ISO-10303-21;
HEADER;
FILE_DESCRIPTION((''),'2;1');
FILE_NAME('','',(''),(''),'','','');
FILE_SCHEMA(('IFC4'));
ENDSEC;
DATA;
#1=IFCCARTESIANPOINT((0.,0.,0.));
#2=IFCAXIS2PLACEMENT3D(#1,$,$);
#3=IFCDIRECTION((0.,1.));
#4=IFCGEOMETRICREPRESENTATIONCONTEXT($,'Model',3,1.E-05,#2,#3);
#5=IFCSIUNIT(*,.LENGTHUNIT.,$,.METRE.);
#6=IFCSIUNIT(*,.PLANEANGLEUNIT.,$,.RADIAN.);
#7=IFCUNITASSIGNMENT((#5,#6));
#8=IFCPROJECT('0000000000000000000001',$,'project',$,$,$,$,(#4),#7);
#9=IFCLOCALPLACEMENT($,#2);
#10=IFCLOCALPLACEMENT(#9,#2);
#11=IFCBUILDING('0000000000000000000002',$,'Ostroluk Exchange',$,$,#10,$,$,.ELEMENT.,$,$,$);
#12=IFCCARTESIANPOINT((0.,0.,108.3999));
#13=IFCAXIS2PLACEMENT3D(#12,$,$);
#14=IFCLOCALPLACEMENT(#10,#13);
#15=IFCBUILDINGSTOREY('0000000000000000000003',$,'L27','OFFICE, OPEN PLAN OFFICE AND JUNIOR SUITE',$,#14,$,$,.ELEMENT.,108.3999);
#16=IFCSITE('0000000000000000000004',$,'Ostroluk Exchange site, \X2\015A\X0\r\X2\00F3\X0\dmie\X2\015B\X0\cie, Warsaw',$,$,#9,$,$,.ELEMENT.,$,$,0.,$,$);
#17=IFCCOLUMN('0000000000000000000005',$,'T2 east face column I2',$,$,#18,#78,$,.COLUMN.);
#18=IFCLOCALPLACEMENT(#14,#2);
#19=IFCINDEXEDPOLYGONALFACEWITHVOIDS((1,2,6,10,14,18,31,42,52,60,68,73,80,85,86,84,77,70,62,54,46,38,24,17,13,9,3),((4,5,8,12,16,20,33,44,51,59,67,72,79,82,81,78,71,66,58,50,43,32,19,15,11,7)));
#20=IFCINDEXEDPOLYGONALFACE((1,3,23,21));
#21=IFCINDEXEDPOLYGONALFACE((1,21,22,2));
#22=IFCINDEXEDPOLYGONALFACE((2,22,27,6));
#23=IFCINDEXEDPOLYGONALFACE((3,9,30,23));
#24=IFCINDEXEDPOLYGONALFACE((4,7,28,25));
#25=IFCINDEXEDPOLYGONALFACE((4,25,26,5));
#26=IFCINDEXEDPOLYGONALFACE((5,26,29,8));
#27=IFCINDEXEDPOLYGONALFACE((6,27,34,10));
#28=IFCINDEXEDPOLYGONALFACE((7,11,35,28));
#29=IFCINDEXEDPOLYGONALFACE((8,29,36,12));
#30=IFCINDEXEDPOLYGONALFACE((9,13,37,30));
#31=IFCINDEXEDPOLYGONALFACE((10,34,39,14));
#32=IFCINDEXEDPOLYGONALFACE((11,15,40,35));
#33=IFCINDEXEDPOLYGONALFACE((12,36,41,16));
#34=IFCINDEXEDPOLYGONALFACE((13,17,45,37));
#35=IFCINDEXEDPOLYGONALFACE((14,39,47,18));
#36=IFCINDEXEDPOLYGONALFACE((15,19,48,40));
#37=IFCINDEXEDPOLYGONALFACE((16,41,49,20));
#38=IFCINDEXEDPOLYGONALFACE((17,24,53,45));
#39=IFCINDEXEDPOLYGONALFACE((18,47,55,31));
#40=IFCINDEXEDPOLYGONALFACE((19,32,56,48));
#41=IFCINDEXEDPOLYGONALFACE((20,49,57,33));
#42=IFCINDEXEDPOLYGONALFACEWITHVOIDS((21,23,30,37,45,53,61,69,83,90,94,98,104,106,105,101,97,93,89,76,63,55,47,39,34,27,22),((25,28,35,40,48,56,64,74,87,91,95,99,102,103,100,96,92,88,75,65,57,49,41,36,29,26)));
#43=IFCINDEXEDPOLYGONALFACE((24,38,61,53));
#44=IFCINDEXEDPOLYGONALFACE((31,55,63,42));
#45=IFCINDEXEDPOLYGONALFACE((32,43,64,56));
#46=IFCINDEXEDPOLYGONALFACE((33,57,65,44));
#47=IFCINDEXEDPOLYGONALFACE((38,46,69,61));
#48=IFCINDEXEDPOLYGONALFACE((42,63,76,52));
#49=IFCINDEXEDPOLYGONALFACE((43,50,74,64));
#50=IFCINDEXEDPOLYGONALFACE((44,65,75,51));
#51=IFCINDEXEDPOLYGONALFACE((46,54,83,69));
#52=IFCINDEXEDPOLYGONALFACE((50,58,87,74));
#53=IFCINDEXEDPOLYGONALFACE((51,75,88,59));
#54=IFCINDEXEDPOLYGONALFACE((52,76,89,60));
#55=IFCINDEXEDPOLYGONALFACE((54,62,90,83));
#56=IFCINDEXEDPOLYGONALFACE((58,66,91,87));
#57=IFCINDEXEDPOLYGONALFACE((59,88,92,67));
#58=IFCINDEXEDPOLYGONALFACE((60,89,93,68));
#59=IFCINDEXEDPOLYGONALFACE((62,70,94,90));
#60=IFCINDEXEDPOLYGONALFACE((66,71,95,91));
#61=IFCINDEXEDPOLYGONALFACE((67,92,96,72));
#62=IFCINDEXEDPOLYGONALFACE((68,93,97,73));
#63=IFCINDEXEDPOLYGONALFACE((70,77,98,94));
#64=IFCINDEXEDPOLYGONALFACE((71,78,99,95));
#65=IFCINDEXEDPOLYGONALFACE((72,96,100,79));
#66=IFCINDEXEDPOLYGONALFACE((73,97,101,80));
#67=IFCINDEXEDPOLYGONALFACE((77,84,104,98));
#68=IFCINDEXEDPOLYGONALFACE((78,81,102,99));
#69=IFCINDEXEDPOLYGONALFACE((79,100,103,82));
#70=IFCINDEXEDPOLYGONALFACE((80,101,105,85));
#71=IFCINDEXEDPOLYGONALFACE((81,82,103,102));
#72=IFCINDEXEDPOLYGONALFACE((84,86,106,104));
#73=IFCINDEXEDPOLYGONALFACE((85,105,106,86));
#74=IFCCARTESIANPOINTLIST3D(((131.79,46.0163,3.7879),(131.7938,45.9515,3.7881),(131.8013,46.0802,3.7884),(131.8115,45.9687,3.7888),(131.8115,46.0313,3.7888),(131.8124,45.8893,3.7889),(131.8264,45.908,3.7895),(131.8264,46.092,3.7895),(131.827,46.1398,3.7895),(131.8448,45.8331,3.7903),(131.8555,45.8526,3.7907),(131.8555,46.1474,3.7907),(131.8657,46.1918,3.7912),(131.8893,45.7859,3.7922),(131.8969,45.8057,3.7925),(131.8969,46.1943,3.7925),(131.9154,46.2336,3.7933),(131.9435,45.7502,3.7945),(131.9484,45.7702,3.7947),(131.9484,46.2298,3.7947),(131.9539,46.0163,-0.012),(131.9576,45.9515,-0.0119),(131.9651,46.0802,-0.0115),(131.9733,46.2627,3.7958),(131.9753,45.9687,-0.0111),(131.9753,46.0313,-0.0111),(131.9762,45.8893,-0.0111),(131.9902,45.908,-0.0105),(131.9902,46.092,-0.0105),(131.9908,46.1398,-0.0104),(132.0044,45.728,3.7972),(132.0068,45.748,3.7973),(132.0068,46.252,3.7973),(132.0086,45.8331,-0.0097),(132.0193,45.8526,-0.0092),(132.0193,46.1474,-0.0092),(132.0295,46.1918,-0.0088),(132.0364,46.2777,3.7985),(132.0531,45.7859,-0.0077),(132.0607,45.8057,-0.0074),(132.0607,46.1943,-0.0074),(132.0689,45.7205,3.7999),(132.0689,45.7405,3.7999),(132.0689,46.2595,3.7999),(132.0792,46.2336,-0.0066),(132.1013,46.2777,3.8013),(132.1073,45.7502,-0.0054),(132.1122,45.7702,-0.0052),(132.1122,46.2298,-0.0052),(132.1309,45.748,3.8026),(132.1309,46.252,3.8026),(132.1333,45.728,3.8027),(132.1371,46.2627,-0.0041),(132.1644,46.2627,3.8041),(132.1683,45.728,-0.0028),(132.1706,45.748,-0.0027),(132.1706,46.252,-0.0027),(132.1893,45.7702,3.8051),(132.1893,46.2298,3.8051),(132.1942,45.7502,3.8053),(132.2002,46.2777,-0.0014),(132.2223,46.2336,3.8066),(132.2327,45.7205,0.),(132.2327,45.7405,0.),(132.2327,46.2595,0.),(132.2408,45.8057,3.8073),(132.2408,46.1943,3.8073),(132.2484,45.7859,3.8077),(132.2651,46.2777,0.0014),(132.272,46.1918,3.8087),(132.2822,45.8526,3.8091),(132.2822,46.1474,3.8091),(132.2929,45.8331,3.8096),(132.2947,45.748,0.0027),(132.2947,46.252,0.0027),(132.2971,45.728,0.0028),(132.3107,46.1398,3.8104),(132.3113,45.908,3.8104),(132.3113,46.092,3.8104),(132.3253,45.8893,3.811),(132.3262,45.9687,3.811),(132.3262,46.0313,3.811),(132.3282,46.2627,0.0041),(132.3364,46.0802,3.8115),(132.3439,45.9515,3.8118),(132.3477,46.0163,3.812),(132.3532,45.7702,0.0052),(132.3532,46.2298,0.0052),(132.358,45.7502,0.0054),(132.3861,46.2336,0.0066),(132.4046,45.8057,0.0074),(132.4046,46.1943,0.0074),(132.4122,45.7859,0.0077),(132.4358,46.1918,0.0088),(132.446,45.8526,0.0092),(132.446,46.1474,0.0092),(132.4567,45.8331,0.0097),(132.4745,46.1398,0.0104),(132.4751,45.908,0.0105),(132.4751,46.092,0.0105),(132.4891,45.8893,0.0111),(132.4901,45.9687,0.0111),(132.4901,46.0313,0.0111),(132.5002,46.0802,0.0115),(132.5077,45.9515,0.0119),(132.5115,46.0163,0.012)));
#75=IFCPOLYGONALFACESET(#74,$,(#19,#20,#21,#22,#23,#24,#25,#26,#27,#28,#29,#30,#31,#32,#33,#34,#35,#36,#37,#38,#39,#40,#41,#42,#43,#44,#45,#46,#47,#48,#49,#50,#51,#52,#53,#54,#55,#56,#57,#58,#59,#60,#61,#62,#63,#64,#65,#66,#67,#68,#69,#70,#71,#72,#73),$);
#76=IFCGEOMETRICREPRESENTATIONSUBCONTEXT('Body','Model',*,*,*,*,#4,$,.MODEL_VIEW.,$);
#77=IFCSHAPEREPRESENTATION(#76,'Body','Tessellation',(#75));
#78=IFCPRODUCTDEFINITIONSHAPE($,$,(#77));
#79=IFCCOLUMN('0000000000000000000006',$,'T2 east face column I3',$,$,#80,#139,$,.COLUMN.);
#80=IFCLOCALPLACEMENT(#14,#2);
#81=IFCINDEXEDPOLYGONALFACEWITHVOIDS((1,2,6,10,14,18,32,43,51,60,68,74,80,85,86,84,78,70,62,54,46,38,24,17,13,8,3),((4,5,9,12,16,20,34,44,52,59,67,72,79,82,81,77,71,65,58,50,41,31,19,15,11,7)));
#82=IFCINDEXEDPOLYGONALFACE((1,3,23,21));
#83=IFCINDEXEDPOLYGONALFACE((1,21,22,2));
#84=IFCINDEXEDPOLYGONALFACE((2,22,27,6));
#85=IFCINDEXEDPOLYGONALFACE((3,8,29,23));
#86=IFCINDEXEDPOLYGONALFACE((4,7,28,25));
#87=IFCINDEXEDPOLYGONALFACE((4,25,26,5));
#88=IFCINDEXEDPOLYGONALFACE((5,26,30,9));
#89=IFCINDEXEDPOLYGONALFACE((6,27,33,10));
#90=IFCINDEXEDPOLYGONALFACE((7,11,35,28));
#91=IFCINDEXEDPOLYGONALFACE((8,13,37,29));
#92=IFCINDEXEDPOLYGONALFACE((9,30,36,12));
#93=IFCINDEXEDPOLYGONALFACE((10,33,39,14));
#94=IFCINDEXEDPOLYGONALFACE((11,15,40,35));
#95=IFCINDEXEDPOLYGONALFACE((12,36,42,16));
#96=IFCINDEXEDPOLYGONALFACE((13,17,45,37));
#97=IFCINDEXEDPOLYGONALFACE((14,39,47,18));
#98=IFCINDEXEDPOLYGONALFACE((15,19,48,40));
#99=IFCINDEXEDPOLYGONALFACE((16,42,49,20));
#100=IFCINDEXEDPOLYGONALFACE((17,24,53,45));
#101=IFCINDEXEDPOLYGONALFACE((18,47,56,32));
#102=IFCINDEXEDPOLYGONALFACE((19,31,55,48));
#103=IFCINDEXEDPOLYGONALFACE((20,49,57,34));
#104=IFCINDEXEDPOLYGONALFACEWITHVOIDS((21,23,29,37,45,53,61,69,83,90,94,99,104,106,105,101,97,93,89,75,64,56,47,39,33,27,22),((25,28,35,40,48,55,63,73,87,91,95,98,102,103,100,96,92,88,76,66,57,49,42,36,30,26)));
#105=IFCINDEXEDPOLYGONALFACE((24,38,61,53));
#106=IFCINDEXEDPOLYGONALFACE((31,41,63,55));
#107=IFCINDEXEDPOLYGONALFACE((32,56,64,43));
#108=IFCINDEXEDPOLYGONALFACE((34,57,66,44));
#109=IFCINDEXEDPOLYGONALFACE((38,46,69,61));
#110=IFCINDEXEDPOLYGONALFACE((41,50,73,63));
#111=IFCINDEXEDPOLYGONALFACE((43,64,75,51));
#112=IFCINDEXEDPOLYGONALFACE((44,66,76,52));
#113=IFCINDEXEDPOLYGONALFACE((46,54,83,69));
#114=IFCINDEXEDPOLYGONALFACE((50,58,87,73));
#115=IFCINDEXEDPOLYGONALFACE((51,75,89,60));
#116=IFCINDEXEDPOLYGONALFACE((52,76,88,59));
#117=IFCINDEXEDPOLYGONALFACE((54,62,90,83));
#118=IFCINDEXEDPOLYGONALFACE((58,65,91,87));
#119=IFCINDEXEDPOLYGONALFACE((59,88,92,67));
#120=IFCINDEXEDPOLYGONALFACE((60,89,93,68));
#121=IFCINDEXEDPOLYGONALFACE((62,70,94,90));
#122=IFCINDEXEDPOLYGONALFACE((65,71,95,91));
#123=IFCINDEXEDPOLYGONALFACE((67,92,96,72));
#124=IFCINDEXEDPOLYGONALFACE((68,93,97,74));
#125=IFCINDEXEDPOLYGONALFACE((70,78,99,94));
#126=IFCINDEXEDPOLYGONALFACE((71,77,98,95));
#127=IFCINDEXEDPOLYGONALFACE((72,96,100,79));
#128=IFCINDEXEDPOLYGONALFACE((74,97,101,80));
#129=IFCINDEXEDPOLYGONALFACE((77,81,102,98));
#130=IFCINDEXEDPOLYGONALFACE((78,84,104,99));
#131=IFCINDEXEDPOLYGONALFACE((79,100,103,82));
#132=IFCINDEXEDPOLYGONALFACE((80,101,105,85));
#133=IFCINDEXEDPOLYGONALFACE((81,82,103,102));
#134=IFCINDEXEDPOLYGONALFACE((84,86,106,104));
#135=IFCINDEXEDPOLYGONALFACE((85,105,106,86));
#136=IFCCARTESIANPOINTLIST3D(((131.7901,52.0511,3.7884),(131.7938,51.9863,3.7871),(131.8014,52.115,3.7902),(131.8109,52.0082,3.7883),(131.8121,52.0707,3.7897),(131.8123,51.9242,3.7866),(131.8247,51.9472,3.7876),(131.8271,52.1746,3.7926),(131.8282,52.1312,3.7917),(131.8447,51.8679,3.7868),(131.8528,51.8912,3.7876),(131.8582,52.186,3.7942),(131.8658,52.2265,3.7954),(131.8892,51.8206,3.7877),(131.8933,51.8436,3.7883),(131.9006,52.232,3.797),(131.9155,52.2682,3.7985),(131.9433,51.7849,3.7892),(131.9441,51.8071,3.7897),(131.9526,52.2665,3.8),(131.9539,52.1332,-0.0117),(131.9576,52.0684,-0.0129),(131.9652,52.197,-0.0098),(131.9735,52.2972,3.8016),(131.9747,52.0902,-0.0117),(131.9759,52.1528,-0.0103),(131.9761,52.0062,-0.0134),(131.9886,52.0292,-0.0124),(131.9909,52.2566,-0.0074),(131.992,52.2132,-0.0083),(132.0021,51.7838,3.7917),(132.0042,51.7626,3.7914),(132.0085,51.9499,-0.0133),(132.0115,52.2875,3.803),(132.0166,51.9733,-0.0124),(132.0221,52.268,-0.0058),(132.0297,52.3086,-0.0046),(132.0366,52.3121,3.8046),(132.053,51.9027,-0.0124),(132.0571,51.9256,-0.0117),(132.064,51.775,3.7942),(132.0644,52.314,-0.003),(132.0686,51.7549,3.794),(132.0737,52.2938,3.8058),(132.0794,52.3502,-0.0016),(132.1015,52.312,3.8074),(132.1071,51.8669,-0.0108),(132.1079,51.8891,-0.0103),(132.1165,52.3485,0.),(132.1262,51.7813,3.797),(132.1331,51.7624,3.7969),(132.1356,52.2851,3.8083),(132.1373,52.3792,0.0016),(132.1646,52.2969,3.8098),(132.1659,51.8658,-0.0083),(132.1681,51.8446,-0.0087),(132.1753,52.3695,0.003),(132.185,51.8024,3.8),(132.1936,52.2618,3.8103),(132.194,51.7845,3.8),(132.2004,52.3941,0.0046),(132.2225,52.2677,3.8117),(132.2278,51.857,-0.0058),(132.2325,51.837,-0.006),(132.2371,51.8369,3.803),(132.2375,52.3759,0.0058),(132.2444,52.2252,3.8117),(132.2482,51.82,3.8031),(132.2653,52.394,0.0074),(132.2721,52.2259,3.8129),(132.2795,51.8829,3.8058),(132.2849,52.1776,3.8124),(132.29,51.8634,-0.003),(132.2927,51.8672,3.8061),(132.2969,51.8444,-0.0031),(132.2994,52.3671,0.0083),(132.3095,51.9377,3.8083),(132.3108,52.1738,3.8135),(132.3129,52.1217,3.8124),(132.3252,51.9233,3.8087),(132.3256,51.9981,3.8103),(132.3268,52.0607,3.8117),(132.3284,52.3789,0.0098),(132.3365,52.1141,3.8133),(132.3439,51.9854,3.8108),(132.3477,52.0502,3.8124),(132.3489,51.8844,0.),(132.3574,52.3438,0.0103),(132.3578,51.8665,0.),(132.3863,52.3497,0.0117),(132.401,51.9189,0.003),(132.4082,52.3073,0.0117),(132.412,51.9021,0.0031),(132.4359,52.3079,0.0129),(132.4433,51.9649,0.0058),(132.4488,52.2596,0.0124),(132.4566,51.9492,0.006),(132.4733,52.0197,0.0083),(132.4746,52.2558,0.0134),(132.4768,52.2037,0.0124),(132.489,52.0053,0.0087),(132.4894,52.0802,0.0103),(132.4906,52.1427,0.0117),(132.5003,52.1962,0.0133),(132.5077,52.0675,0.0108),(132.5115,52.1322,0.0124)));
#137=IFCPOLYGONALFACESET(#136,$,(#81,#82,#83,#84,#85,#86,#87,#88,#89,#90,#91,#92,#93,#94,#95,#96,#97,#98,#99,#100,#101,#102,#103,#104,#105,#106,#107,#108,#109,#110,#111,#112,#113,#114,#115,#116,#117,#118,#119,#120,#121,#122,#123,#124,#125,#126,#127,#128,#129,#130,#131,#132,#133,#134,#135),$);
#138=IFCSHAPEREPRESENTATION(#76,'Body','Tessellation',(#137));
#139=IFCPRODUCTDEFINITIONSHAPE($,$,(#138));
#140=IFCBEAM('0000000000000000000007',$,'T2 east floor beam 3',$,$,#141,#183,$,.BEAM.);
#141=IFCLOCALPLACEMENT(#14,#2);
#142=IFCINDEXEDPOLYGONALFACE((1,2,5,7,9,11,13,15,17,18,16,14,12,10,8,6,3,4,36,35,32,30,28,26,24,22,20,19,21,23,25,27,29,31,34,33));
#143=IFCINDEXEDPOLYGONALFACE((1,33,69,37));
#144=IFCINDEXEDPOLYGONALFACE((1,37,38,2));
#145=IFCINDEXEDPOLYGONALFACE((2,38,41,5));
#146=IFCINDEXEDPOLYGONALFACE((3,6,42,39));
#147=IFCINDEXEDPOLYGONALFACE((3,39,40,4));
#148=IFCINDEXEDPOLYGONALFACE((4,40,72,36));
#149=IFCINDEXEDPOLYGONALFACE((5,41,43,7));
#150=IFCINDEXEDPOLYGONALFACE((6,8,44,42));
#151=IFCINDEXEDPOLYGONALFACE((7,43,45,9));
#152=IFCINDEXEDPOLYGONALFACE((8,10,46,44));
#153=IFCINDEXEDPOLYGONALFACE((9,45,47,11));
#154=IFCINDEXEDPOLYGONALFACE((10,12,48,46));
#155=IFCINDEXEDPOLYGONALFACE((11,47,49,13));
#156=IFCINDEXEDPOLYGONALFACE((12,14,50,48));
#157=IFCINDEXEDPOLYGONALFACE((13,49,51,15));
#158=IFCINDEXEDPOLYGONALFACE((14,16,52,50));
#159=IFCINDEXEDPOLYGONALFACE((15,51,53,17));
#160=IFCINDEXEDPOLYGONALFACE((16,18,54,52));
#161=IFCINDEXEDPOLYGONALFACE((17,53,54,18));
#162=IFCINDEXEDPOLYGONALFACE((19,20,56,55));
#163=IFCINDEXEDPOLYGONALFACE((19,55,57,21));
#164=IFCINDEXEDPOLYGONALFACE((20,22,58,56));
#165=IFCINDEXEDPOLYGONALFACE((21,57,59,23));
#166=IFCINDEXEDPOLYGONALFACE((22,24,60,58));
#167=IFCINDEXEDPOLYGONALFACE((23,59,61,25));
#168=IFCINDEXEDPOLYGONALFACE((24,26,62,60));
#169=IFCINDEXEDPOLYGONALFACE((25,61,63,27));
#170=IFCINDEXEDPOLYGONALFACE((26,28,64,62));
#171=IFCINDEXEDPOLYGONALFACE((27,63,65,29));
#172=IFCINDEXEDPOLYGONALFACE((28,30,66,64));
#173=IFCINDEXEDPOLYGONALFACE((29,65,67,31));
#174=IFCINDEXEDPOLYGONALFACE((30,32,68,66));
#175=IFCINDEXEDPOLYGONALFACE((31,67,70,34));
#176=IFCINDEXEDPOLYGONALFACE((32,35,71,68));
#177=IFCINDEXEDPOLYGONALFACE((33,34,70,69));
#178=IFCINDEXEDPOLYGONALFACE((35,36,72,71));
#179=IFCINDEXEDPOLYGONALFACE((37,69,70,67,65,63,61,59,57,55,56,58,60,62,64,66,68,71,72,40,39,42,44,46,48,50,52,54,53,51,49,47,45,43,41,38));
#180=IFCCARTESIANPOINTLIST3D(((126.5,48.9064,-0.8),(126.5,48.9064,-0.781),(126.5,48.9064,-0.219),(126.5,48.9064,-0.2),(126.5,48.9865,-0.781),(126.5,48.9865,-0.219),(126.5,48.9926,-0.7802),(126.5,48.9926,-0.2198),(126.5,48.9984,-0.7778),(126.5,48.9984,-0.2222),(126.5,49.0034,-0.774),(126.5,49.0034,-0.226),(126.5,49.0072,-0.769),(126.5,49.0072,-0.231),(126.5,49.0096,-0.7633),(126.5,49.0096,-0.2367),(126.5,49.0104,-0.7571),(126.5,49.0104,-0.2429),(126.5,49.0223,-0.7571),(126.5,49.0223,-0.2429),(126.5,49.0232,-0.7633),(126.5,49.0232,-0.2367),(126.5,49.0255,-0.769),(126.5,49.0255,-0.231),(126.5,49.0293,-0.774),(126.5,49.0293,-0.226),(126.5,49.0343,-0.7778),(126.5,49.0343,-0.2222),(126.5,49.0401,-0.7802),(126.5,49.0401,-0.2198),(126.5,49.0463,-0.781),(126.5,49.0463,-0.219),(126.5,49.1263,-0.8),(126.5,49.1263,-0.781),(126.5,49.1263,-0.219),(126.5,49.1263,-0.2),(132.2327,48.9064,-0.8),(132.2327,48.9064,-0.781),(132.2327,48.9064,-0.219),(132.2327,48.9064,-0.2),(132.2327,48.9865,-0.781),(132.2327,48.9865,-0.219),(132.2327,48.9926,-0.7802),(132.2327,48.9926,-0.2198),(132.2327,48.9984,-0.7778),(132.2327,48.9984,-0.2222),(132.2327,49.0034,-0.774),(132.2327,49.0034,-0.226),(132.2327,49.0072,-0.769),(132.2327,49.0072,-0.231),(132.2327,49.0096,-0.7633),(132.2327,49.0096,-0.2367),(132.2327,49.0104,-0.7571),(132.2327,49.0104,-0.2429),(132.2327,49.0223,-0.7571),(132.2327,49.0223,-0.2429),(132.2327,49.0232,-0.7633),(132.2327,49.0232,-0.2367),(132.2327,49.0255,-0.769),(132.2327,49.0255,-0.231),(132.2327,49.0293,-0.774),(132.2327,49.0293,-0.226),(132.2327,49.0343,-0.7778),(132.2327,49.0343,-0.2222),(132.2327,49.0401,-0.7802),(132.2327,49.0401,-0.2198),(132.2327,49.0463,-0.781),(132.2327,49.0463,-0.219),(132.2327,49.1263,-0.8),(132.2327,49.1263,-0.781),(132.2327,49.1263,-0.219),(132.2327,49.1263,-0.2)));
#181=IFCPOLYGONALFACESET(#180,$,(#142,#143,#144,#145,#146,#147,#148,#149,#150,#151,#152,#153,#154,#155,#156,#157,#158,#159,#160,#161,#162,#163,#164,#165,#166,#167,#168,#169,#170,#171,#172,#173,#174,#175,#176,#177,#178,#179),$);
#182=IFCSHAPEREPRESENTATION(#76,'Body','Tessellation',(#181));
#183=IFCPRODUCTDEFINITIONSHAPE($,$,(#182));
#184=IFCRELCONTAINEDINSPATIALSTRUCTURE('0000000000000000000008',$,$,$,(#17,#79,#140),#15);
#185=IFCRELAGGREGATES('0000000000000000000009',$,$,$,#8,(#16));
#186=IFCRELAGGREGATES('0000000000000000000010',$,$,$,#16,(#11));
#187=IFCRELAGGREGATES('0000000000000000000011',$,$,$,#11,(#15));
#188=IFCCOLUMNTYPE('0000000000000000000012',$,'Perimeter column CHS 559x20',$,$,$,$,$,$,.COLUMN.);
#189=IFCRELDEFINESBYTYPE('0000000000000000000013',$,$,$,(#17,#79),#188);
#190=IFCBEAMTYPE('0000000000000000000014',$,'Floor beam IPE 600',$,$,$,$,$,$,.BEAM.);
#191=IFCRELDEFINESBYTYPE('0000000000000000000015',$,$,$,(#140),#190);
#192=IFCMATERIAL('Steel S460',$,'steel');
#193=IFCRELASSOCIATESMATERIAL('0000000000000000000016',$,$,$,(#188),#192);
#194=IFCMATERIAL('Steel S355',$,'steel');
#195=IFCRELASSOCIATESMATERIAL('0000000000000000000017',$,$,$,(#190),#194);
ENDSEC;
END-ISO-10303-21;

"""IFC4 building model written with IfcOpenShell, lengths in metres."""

from ifc_helpers import new_model, si_unit, direction, frame, origin, origin_2d, place, context, subcontext, project, spatial, hollow_circle, i_section, extrude, material, material_profile, profile_set, type_object, element, save


model = new_model("IFC4")

# Units and contexts
model_context = context("Model", 3, precision=1e-05, world=origin(), true_north=direction((0.0, 1.0)))
body_context = subcontext(model_context, "Body", "Model", "MODEL_VIEW")
ifc_project = project(units=[si_unit("LENGTHUNIT", "METRE"), si_unit("PLANEANGLEUNIT", "RADIAN")], contexts=[model_context])

# Site, building, storey
site_placement = place(None, origin())
site = spatial("IfcSite", under=ifc_project, at=site_placement, Name="Ostroluk Exchange site, Śródmieście, Warsaw", CompositionType="ELEMENT", RefElevation=0.0)
building_placement = place(site_placement, origin())
building = spatial("IfcBuilding", under=site, at=building_placement, Name="Ostroluk Exchange", CompositionType="ELEMENT")
storey_placement = place(building_placement, frame((0.0, 0.0, 108.3999)))
storey = spatial("IfcBuildingStorey", under=building, at=storey_placement, Name="L27", Description="OFFICE, OPEN PLAN OFFICE AND JUNIOR SUITE", CompositionType="ELEMENT", Elevation=108.3999)

# Columns
ifc_material_1 = material(Name="Steel S460", Category="steel")
ifc_material_profile_1 = material_profile(ifc_material_1, hollow_circle(Radius=0.2795, WallThickness=0.02, at=origin_2d()), Name="CHS 559x20")
ifc_profile_set_1 = profile_set([ifc_material_profile_1], Name="Steel S460")
column_type = type_object("IfcColumnType", Name="Perimeter column CHS 559x20", PredefinedType="COLUMN", material=ifc_profile_set_1)
column_1_placement = place(storey_placement, frame((132.2327, 46.0, 0.0), z_axis=(-0.04307, 0.0, 0.999072), x_axis=(0.0, -1.0, 0.0)))
element("IfcColumn", 1, at=column_1_placement, inside=storey, type_object=column_type, Name="T2 east face column I2", PredefinedType="COLUMN", context=body_context, shape_type="SweptSolid", body=[
    extrude(hollow_circle(Radius=0.2795, WallThickness=0.02, at=origin_2d()), origin(), (0.0, 0.0, 1.0), 3.8035),
])
column_2_placement = place(storey_placement, frame((132.2327, 52.1165, 0.0), z_axis=(-0.04306, -0.021562, 0.99884), x_axis=(0.447747, -0.894161, 0.0)))
element("IfcColumn", 2, at=column_2_placement, inside=storey, type_object=column_type, Name="T2 east face column I3", PredefinedType="COLUMN", context=body_context, shape_type="SweptSolid", body=[
    extrude(hollow_circle(Radius=0.2795, WallThickness=0.02, at=origin_2d()), origin(), (0.0, 0.0, 1.0), 3.8044),
])

# Beam
ifc_material_2 = material(Name="Steel S355", Category="steel")
ifc_material_profile_2 = material_profile(ifc_material_2, i_section(OverallWidth=0.22, OverallDepth=0.6001, WebThickness=0.012, FlangeThickness=0.019, FilletRadius=0.0239, at=origin_2d()), Name="IPE 600")
ifc_profile_set_2 = profile_set([ifc_material_profile_2], Name="Steel S355")
beam_type_1 = type_object("IfcBeamType", Name="Floor beam IPE 600", PredefinedType="BEAM", material=ifc_profile_set_2)
for number, where, z_axis, x_axis, name in (
    (3, (126.5, 49.0164, -0.5), (1.0, 0.0, 0.0), (0.0, 1.0, 0.0), "T2 east floor beam 3"),
):
    element("IfcBeam", number, at=place(storey_placement, frame(where, z_axis=z_axis, x_axis=x_axis)), inside=storey, type_object=beam_type_1, Name=name, PredefinedType="BEAM", context=body_context, shape_type="SweptSolid", body=[
        extrude(i_section(OverallWidth=0.22, OverallDepth=0.6001, WebThickness=0.012, FlangeThickness=0.019, FilletRadius=0.0239, at=origin_2d()), origin(), (0.0, 0.0, 1.0), 5.7327),
    ])

save(model, "model.ifc")
